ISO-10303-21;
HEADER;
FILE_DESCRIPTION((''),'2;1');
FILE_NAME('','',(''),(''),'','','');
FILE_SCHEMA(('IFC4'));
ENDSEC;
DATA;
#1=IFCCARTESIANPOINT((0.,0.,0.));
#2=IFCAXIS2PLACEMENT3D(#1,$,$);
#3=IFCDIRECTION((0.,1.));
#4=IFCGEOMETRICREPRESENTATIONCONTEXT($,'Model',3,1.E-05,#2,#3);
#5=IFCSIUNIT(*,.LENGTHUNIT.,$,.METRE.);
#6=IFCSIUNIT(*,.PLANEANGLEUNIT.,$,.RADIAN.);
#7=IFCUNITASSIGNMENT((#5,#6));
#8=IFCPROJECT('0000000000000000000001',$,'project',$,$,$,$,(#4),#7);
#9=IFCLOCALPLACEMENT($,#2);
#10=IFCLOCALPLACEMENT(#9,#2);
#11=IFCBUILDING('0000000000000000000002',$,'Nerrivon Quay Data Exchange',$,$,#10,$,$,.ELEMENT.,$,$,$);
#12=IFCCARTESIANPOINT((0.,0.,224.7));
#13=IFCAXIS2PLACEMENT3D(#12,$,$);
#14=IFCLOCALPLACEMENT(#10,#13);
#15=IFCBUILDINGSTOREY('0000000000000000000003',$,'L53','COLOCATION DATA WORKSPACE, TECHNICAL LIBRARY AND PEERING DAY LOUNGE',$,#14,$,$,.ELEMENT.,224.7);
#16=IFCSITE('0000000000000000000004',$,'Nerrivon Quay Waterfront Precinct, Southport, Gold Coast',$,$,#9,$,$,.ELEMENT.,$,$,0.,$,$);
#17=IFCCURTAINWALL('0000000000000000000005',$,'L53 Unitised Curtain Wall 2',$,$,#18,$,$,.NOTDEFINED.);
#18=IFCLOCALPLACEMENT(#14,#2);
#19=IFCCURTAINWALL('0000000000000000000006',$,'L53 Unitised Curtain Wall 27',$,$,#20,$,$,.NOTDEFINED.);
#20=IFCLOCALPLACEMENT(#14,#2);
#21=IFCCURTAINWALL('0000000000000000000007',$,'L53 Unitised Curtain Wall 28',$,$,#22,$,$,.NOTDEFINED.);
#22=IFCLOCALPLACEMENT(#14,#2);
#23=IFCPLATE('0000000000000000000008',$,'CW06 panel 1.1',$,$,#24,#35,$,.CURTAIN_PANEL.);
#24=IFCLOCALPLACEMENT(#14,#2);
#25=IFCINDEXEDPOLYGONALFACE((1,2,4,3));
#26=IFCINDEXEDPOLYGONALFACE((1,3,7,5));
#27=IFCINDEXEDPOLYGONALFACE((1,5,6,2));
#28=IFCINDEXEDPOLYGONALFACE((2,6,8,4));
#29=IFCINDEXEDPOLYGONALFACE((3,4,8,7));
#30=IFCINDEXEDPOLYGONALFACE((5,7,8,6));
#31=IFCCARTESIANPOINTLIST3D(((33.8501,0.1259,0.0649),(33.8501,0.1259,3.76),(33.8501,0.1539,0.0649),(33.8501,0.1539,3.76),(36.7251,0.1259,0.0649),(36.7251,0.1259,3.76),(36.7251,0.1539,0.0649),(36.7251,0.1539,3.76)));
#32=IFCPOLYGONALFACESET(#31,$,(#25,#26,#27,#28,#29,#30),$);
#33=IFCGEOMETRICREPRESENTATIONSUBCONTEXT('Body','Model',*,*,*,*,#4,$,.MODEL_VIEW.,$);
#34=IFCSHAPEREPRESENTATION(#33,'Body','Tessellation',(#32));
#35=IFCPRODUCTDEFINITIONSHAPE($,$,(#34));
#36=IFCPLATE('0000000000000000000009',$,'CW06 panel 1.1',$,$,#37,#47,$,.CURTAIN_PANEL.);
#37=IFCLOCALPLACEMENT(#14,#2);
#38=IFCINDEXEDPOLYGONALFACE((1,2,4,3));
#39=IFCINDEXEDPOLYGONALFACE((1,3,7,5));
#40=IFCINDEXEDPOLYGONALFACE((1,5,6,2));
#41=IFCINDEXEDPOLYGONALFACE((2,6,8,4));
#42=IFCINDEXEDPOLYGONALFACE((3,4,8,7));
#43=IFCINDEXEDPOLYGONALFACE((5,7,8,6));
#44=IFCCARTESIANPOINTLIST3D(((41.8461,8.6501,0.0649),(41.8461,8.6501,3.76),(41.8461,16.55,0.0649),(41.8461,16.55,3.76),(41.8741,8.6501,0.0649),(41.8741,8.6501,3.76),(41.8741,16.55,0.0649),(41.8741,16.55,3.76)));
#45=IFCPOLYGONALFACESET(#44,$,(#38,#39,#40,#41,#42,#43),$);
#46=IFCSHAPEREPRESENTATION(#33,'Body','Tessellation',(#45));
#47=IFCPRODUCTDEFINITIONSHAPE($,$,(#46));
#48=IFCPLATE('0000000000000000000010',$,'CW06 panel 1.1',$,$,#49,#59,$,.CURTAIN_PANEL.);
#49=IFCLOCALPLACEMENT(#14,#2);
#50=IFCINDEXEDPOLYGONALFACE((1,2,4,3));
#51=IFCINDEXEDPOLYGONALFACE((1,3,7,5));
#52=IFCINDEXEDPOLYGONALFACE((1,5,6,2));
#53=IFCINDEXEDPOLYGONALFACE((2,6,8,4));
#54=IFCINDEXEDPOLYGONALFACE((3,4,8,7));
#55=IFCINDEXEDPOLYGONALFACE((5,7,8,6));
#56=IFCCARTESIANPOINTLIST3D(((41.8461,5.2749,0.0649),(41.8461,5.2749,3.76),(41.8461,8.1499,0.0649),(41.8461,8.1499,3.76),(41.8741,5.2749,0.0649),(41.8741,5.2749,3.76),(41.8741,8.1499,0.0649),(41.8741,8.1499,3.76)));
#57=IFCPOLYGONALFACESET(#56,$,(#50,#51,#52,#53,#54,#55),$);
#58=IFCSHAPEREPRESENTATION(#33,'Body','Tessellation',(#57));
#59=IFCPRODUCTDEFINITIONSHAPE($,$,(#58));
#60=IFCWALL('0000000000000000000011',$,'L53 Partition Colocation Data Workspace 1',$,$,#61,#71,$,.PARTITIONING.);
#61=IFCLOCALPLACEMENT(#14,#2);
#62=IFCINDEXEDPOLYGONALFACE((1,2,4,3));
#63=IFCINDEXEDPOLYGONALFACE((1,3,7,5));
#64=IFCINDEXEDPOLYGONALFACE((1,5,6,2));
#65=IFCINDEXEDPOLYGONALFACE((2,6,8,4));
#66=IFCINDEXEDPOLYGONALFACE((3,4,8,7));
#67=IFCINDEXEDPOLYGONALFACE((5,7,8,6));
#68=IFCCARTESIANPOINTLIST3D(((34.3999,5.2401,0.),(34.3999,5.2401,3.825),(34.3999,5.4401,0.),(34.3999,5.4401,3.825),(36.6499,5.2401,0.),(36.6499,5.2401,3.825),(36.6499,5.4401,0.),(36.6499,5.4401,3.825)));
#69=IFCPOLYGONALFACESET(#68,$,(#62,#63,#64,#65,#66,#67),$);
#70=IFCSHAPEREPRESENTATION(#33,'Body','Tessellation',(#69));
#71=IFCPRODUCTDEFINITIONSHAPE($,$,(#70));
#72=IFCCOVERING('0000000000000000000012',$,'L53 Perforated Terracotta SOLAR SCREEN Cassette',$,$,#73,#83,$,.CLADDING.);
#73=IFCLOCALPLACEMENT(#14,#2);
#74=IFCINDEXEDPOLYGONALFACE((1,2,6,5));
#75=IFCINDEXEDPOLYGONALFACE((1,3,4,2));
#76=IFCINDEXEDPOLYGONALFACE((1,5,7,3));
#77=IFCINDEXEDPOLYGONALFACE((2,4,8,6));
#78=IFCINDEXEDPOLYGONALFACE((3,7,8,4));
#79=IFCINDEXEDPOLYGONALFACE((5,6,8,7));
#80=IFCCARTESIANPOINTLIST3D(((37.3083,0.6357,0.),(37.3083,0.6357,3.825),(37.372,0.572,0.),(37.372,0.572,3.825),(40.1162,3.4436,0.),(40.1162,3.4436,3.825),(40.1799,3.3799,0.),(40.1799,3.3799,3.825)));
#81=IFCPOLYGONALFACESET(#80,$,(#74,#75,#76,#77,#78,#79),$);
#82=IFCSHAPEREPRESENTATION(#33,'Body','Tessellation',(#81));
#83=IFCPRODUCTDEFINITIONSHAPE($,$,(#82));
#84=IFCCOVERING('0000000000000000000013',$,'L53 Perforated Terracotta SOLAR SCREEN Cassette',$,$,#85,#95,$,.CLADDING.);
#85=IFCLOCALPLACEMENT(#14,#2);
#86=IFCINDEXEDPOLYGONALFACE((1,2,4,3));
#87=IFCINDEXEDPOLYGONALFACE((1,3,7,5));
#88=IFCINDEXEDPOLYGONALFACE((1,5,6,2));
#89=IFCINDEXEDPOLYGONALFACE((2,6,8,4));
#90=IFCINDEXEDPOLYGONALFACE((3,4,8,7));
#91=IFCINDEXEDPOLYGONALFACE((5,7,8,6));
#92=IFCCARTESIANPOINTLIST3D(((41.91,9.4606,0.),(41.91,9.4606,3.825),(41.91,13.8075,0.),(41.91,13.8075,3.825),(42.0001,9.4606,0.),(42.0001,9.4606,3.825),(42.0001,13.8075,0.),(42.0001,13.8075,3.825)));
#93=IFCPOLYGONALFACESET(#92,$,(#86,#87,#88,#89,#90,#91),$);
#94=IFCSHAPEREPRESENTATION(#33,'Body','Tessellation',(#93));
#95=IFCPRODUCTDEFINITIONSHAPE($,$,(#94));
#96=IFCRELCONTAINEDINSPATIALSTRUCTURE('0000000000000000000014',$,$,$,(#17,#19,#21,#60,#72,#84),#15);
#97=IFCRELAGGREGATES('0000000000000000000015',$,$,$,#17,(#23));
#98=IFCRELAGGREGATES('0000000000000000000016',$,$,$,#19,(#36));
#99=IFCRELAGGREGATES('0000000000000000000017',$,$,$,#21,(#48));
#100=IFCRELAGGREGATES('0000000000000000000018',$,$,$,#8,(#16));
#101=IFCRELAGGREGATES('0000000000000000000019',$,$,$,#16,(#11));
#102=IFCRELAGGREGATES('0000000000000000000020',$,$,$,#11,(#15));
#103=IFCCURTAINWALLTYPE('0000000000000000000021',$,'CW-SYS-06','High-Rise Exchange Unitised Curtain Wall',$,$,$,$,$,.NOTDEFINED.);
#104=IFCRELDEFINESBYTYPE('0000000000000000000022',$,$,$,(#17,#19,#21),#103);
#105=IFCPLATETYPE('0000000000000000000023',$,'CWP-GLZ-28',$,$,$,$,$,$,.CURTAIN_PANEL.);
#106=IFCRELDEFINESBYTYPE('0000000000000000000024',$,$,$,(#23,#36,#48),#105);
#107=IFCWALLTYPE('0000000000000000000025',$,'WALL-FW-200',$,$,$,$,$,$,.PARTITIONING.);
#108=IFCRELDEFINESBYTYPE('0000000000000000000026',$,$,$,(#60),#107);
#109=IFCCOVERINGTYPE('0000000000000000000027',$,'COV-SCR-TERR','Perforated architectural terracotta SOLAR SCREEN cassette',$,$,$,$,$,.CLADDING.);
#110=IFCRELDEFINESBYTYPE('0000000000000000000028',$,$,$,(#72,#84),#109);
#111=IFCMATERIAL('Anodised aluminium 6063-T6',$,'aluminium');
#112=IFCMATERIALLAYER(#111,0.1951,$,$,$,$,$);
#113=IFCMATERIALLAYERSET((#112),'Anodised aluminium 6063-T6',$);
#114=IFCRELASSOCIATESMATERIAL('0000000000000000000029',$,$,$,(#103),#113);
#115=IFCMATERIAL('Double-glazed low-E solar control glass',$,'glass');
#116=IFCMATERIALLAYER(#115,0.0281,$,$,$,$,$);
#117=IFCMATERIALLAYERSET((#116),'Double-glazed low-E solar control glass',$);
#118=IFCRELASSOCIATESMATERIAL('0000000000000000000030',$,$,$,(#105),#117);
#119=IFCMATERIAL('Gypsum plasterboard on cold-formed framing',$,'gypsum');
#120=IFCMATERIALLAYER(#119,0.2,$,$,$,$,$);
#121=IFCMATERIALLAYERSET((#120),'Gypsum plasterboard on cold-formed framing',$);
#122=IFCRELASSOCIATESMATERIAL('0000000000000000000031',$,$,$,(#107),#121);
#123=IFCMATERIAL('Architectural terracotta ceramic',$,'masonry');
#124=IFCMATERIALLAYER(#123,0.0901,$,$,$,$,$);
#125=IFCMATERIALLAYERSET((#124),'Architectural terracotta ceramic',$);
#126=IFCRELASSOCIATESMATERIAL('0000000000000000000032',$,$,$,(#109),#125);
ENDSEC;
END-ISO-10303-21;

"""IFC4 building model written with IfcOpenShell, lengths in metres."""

from ifc_helpers import new_model, si_unit, direction, frame, frame_2d, origin, origin_2d, place, context, subcontext, project, spatial, rectangle, extrude, material, layer, layer_set, type_object, element, aggregate, save


model = new_model("IFC4")

# Units and contexts
model_context = context("Model", 3, precision=1e-05, world=origin(), true_north=direction((0.0, 1.0)))
body_context = subcontext(model_context, "Body", "Model", "MODEL_VIEW")
ifc_project = project(units=[si_unit("LENGTHUNIT", "METRE"), si_unit("PLANEANGLEUNIT", "RADIAN")], contexts=[model_context])

# Site, building, storey
site_placement = place(None, origin())
site = spatial("IfcSite", under=ifc_project, at=site_placement, Name="Nerrivon Quay Waterfront Precinct, Southport, Gold Coast", CompositionType="ELEMENT", RefElevation=0.0)
building_placement = place(site_placement, origin())
building = spatial("IfcBuilding", under=site, at=building_placement, Name="Nerrivon Quay Data Exchange", CompositionType="ELEMENT")
storey_placement = place(building_placement, frame((0.0, 0.0, 224.7)))
storey = spatial("IfcBuildingStorey", under=building, at=storey_placement, Name="L53", Description="COLOCATION DATA WORKSPACE, TECHNICAL LIBRARY AND PEERING DAY LOUNGE", CompositionType="ELEMENT", Elevation=224.7)

# Shared definitions
ifc_material_1 = material(Name="Anodised aluminium 6063-T6", Category="aluminium")
ifc_layer_1 = layer(ifc_material_1, 0.1951)
ifc_layer_set_1 = layer_set([ifc_layer_1], Name="Anodised aluminium 6063-T6")
curtain_wall_type = type_object("IfcCurtainWallType", Name="CW-SYS-06", Description="High-Rise Exchange Unitised Curtain Wall", PredefinedType="NOTDEFINED", material=ifc_layer_set_1)

# Curtain walls
curtain_wall_1_placement = place(storey_placement, origin())
curtain_wall_1 = element("IfcCurtainWall", 1, at=curtain_wall_1_placement, inside=storey, type_object=curtain_wall_type, Name="L53 Unitised Curtain Wall 2", PredefinedType="NOTDEFINED")
curtain_wall_2_placement = place(storey_placement, origin())
curtain_wall_2 = element("IfcCurtainWall", 2, at=curtain_wall_2_placement, inside=storey, type_object=curtain_wall_type, Name="L53 Unitised Curtain Wall 27", PredefinedType="NOTDEFINED")

# Curtain wall
curtain_wall_3_placement = place(storey_placement, origin())
curtain_wall_3 = element("IfcCurtainWall", 3, at=curtain_wall_3_placement, inside=storey, type_object=curtain_wall_type, Name="L53 Unitised Curtain Wall 28", PredefinedType="NOTDEFINED")

# Plates
ifc_material_2 = material(Name="Double-glazed low-E solar control glass", Category="glass")
ifc_layer_2 = layer(ifc_material_2, 0.0281)
ifc_layer_set_2 = layer_set([ifc_layer_2], Name="Double-glazed low-E solar control glass")
plate_type = type_object("IfcPlateType", Name="CWP-GLZ-28", PredefinedType="CURTAIN_PANEL", material=ifc_layer_set_2)
plate_1_placement = place(storey_placement, frame((35.2876, 0.1399, 0.0649), z_axis=(0.0, 0.0, 1.0), x_axis=(-1.0, 0.0, 0.0)))
plate_1 = element("IfcPlate", 4, at=plate_1_placement, type_object=plate_type, Name="CW06 panel 1.1", PredefinedType="CURTAIN_PANEL", context=body_context, shape_type="SweptSolid", body=[
    extrude(rectangle(XDim=2.875, YDim=0.0281, at=origin_2d()), origin(), (0.0, 0.0, 1.0), 3.6951),
])
aggregate(curtain_wall_1, [plate_1])
plate_2_placement = place(storey_placement, frame((41.8601, 12.6001, 0.0649), z_axis=(0.0, 0.0, 1.0), x_axis=(0.0, -1.0, 0.0)))
plate_2 = element("IfcPlate", 5, at=plate_2_placement, type_object=plate_type, Name="CW06 panel 1.1", PredefinedType="CURTAIN_PANEL", context=body_context, shape_type="SweptSolid", body=[
    extrude(rectangle(XDim=7.8999, YDim=0.0281, at=origin_2d()), origin(), (0.0, 0.0, 1.0), 3.6951),
])
aggregate(curtain_wall_2, [plate_2])
plate_3_placement = place(storey_placement, frame((41.8601, 6.7124, 0.0649), z_axis=(0.0, 0.0, 1.0), x_axis=(0.0, -1.0, 0.0)))
plate_3 = element("IfcPlate", 6, at=plate_3_placement, type_object=plate_type, Name="CW06 panel 1.1", PredefinedType="CURTAIN_PANEL", context=body_context, shape_type="SweptSolid", body=[
    extrude(rectangle(XDim=2.875, YDim=0.0281, at=origin_2d()), origin(), (0.0, 0.0, 1.0), 3.6951),
])
aggregate(curtain_wall_3, [plate_3])

# Wall
ifc_material_3 = material(Name="Gypsum plasterboard on cold-formed framing", Category="gypsum")
ifc_layer_3 = layer(ifc_material_3, 0.2)
ifc_layer_set_3 = layer_set([ifc_layer_3], Name="Gypsum plasterboard on cold-formed framing")
wall_type = type_object("IfcWallType", Name="WALL-FW-200", PredefinedType="PARTITIONING", material=ifc_layer_set_3)
wall_placement = place(storey_placement, frame((36.6499, 5.3401, 0.0), z_axis=(0.0, 0.0, 1.0), x_axis=(-1.0, 0.0, 0.0)))
element("IfcWall", 7, at=wall_placement, inside=storey, type_object=wall_type, Name="L53 Partition Colocation Data Workspace 1", PredefinedType="PARTITIONING", context=body_context, shape_type="SweptSolid", body=[
    extrude(rectangle(XDim=2.25, YDim=0.2, at=frame_2d((1.125, 0.0))), origin(), (0.0, 0.0, 1.0), 3.825),
])

# Coverings
ifc_material_4 = material(Name="Architectural terracotta ceramic", Category="masonry")
ifc_layer_4 = layer(ifc_material_4, 0.0901)
ifc_layer_set_4 = layer_set([ifc_layer_4], Name="Architectural terracotta ceramic")
covering_type = type_object("IfcCoveringType", Name="COV-SCR-TERR", Description="Perforated architectural terracotta SOLAR SCREEN cassette", PredefinedType="CLADDING", material=ifc_layer_set_4)
covering_1_placement = place(storey_placement, frame((38.7441, 2.0078, 0.0), z_axis=(0.0, 0.0, 1.0), x_axis=(-0.707107, -0.707107, 0.0)))
element("IfcCovering", 8, at=covering_1_placement, inside=storey, type_object=covering_type, Name="L53 Perforated Terracotta SOLAR SCREEN Cassette", PredefinedType="CLADDING", context=body_context, shape_type="SweptSolid", body=[
    extrude(rectangle(XDim=3.9709, YDim=0.0901, at=origin_2d()), origin(), (0.0, 0.0, 1.0), 3.825),
])
covering_2_placement = place(storey_placement, frame((41.9551, 11.634, 0.0), z_axis=(0.0, 0.0, 1.0), x_axis=(0.0, -1.0, 0.0)))
element("IfcCovering", 9, at=covering_2_placement, inside=storey, type_object=covering_type, Name="L53 Perforated Terracotta SOLAR SCREEN Cassette", PredefinedType="CLADDING", context=body_context, shape_type="SweptSolid", body=[
    extrude(rectangle(XDim=4.3469, YDim=0.0901, at=origin_2d()), origin(), (0.0, 0.0, 1.0), 3.825),
])

save(model, "model.ifc")
